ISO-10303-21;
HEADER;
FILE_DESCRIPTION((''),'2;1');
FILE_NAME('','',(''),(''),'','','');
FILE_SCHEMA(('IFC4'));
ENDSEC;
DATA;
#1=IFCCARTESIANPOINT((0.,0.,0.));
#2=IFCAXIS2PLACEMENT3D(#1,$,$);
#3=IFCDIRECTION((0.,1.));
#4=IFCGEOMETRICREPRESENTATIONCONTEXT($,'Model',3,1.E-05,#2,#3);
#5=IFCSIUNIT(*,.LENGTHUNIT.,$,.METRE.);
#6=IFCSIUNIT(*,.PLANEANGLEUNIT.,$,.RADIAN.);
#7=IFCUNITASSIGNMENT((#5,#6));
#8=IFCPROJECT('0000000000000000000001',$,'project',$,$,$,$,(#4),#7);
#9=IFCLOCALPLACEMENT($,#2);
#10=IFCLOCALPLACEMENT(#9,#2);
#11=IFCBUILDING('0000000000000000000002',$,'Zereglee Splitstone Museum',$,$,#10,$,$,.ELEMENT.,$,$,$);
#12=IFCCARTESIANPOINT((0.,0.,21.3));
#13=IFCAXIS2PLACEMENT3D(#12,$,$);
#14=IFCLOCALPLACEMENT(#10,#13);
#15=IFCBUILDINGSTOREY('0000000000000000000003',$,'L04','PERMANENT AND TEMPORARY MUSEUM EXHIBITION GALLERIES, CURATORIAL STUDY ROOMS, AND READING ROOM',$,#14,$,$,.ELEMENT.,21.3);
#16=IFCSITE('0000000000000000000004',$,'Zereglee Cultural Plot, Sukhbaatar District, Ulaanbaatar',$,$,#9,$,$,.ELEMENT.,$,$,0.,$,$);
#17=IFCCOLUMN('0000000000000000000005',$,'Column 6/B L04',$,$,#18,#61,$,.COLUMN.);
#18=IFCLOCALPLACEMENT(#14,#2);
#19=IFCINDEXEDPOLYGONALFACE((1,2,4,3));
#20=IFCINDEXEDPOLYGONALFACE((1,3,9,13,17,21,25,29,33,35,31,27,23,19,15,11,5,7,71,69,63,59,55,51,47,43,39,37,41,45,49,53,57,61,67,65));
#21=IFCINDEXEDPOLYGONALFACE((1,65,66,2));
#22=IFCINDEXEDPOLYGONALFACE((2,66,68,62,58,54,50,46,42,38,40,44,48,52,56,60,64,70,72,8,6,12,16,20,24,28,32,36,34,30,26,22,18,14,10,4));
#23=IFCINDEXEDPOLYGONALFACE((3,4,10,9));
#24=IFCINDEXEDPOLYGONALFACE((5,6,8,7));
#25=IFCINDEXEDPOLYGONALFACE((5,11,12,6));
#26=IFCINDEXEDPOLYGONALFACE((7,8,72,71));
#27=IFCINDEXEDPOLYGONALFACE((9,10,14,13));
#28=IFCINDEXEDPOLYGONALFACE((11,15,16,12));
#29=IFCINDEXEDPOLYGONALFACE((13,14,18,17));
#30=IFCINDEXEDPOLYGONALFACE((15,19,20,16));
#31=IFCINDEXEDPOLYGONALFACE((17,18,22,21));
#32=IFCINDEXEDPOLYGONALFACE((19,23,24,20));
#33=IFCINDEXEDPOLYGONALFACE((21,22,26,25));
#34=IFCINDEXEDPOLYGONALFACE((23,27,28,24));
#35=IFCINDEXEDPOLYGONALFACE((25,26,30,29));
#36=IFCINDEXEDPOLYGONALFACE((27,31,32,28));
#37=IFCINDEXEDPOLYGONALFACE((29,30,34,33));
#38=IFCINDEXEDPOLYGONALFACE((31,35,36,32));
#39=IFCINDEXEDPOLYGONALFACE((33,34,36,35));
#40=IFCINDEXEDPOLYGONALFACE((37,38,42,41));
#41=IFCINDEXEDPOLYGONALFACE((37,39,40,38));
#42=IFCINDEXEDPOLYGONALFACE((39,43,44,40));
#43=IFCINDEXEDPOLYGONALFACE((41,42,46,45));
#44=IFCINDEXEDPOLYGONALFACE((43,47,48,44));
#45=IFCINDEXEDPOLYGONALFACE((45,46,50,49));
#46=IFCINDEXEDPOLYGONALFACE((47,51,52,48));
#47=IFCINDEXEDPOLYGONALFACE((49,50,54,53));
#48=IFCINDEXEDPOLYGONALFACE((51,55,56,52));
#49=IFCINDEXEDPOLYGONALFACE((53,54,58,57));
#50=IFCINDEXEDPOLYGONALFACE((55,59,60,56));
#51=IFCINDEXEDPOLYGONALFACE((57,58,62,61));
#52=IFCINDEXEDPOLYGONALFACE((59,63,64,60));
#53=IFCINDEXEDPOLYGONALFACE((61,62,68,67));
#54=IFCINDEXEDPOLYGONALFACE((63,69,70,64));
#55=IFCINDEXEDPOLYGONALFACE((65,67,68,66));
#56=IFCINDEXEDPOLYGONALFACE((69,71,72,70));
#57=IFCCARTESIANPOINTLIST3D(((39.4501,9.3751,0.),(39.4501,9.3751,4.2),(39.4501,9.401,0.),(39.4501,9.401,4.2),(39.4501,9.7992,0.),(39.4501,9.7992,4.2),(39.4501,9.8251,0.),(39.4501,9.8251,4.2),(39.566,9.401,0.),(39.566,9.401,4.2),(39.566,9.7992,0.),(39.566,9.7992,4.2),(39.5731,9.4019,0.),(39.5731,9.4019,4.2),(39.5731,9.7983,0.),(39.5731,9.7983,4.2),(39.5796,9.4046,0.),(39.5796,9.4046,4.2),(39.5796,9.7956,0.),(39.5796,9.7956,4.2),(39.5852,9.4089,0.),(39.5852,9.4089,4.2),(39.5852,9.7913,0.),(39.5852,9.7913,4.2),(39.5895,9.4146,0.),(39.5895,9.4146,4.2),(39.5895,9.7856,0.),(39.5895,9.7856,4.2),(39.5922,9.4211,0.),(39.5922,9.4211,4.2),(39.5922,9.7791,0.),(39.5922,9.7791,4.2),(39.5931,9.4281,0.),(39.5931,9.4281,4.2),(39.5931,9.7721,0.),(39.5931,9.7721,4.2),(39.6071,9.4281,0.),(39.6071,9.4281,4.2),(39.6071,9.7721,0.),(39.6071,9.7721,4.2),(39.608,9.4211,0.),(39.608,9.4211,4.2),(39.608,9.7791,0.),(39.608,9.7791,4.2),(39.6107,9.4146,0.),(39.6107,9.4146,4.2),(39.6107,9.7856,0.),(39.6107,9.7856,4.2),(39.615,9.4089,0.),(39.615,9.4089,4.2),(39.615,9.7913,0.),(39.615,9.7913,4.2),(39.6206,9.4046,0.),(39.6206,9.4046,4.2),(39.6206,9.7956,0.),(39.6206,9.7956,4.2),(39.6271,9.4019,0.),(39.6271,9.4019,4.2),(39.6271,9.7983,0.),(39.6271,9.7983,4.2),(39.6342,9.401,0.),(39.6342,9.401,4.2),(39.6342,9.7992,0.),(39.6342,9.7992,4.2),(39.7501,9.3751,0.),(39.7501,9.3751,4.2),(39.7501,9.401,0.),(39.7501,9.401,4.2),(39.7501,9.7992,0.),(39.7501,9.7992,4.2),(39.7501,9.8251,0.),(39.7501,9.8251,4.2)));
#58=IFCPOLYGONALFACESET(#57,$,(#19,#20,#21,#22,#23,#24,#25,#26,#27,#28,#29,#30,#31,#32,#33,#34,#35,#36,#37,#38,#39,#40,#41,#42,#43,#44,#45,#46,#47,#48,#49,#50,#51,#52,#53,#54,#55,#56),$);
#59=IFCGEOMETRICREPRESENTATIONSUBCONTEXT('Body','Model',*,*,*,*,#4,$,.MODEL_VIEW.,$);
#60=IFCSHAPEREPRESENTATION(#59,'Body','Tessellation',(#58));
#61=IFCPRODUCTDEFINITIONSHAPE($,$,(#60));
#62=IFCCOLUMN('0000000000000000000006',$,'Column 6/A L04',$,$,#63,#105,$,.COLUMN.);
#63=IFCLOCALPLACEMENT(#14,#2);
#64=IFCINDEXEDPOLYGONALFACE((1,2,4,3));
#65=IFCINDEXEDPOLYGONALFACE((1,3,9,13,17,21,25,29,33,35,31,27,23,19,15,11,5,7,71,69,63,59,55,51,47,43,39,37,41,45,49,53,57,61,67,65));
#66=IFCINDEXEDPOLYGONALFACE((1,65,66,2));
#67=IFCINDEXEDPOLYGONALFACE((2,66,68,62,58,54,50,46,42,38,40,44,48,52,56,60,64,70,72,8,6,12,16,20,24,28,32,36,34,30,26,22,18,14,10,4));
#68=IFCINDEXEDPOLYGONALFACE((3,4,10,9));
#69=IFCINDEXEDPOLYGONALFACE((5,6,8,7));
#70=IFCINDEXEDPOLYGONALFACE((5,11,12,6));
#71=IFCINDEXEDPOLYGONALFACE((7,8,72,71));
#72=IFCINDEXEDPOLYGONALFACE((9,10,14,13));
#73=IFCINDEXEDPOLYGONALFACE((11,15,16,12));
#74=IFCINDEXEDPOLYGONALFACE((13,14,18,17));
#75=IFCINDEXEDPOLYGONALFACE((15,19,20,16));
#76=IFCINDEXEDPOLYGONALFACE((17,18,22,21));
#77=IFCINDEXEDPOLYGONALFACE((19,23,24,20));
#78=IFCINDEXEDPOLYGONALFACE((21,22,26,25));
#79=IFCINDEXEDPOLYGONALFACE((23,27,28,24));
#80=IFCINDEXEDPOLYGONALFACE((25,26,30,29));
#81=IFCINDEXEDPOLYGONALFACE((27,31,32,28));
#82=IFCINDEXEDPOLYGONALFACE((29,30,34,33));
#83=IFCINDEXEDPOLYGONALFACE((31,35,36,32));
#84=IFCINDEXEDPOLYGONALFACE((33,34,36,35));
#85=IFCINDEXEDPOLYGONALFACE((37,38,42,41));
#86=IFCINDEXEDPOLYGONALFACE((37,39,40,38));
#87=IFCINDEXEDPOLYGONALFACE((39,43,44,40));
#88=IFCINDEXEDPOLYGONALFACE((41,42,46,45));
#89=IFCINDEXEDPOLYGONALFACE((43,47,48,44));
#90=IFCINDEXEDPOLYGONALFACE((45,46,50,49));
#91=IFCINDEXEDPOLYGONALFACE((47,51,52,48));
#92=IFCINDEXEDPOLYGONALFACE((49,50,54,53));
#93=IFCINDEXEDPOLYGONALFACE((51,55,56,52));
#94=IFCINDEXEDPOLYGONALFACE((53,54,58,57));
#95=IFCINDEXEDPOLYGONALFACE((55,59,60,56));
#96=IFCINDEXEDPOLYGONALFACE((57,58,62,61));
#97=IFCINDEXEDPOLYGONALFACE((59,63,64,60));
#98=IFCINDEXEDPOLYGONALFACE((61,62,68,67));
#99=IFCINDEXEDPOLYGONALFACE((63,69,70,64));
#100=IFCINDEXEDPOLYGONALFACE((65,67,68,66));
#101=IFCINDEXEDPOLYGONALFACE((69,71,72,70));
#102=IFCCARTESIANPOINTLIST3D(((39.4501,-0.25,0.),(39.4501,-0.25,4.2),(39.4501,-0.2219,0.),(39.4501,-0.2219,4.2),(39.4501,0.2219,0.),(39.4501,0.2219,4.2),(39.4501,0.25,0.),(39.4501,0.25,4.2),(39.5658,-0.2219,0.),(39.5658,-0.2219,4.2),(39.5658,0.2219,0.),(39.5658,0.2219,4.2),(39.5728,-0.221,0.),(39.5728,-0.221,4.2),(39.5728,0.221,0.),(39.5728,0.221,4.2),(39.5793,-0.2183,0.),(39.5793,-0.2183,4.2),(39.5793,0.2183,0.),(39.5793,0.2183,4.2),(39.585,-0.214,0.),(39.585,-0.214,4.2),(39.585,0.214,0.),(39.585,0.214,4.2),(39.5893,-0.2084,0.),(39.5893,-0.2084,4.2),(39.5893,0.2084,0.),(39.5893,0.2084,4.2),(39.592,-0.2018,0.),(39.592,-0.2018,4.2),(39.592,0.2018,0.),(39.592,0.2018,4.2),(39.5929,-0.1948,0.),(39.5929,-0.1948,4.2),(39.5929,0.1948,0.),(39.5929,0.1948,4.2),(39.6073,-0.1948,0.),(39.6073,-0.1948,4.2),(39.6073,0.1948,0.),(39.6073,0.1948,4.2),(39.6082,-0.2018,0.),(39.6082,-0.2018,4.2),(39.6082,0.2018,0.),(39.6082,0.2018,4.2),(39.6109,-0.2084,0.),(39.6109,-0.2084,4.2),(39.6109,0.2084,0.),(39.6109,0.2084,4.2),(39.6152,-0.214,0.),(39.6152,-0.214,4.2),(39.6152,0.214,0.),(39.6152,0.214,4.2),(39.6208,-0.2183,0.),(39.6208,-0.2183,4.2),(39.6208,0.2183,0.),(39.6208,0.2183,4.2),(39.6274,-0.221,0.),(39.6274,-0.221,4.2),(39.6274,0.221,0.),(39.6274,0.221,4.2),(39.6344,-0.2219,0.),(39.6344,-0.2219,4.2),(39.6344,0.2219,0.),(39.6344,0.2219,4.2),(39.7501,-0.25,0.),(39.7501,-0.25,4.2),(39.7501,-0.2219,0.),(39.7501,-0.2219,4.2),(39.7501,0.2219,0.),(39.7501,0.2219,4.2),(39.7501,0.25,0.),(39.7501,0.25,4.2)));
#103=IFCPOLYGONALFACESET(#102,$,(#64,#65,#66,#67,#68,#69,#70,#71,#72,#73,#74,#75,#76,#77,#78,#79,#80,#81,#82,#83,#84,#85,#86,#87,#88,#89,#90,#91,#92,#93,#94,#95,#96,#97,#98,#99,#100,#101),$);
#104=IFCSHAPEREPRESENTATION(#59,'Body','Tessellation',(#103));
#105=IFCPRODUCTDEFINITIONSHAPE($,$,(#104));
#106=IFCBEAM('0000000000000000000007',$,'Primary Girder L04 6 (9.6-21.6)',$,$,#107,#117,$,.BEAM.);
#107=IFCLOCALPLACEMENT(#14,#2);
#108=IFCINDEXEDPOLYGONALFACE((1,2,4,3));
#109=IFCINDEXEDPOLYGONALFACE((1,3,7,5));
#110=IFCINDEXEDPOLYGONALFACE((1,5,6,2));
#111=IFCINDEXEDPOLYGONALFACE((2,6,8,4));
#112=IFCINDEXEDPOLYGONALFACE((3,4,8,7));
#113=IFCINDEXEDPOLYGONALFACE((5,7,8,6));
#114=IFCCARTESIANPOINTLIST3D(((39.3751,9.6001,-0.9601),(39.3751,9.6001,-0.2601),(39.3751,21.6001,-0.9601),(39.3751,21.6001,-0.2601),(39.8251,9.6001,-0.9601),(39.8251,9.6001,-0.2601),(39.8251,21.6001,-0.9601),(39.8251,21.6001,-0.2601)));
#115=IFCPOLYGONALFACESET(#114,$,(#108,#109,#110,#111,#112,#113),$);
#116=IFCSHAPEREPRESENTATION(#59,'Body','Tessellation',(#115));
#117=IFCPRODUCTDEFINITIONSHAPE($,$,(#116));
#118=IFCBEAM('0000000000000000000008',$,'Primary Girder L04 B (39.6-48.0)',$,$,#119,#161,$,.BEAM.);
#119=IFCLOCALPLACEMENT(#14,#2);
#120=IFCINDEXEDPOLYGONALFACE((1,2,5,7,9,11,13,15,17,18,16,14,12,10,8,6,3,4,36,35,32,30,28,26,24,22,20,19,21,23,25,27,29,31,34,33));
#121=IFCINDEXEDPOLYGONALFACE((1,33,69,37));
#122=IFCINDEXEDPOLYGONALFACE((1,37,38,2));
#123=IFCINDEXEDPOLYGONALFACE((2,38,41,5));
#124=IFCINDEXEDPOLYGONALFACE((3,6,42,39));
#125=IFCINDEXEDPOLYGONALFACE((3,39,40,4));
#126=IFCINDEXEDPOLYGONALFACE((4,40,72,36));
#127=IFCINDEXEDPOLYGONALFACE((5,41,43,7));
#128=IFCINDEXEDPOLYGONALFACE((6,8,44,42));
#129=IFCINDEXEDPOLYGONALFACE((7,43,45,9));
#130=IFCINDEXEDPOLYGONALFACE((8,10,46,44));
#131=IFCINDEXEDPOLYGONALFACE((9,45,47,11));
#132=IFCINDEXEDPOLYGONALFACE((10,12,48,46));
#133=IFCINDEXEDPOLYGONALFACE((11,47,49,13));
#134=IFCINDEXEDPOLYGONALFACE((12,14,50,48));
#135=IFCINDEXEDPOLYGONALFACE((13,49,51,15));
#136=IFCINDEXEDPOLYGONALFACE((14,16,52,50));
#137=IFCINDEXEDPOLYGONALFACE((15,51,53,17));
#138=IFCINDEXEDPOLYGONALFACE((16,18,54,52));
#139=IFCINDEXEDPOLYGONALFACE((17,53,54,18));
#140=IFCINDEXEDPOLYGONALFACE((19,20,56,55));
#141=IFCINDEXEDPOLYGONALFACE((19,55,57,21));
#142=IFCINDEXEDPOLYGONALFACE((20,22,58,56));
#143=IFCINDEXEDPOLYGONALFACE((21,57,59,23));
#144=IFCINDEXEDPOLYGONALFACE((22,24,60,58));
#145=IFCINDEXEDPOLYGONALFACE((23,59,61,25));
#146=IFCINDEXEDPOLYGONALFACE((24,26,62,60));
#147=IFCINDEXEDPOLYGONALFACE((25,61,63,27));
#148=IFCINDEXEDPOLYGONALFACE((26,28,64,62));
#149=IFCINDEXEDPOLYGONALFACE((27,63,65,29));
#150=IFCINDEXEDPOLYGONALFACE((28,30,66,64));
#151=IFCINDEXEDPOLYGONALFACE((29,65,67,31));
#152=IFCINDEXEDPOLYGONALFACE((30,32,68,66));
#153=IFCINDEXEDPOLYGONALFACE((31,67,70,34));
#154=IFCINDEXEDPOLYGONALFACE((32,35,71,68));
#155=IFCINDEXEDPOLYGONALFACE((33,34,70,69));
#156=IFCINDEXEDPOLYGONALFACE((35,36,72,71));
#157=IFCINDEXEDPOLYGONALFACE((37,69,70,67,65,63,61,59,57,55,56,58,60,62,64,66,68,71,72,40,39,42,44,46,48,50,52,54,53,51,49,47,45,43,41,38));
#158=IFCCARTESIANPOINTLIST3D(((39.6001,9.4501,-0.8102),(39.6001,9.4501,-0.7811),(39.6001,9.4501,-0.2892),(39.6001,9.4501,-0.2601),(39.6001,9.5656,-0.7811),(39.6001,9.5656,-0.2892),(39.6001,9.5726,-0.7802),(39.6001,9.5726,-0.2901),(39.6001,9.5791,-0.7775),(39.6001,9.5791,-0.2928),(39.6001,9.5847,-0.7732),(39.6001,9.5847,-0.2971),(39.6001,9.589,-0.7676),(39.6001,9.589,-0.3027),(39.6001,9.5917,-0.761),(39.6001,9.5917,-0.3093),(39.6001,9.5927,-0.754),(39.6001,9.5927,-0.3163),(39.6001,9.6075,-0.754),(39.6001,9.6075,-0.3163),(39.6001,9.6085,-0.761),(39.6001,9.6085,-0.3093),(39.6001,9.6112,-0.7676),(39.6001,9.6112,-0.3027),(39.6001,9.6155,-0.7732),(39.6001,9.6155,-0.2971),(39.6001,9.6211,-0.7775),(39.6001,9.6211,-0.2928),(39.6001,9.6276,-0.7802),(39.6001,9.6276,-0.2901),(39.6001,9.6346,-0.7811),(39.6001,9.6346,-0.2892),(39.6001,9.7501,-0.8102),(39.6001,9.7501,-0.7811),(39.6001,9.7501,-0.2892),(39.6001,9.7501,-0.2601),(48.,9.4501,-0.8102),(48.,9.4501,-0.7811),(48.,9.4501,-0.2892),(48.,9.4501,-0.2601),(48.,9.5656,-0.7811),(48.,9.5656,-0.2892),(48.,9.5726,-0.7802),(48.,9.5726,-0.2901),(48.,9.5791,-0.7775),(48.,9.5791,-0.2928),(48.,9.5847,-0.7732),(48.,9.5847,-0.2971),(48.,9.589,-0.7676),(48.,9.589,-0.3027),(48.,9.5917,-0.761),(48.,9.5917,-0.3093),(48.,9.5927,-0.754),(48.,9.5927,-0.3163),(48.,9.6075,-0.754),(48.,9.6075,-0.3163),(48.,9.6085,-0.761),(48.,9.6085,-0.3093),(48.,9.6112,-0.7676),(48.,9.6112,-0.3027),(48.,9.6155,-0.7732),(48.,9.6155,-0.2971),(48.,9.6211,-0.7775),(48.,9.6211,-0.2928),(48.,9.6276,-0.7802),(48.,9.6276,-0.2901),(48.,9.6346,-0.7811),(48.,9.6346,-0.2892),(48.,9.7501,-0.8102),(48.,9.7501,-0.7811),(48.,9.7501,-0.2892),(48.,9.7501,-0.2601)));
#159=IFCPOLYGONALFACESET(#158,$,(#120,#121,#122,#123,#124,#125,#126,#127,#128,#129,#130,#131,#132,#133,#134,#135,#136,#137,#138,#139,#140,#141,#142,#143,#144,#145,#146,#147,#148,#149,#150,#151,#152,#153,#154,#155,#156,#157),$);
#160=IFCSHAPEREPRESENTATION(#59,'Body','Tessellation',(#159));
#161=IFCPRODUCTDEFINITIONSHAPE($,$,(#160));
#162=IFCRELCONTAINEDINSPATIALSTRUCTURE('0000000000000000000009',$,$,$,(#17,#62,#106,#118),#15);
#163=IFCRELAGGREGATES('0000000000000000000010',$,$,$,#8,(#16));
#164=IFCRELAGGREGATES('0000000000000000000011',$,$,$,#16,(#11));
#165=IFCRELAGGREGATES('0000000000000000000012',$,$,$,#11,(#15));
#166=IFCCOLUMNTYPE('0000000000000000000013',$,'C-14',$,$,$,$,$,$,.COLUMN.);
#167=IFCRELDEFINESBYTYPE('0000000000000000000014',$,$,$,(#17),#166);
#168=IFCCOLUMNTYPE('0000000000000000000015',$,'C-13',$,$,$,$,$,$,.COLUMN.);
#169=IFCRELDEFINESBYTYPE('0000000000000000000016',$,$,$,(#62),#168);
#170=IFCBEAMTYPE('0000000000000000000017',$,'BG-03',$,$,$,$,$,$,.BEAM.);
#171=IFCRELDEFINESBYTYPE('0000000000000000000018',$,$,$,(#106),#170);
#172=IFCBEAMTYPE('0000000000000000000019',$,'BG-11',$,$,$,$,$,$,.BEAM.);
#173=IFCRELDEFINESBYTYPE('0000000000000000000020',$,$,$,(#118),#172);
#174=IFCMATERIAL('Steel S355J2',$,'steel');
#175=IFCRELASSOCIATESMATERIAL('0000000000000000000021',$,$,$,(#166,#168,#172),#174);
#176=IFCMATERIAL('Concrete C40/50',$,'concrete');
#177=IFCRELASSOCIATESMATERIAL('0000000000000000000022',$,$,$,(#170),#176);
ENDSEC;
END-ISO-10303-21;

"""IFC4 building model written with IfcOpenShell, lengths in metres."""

from ifc_helpers import new_model, si_unit, direction, frame, origin, origin_2d, place, context, subcontext, project, spatial, rectangle, i_section, extrude, material, material_profile, profile_set, type_object, element, save


model = new_model("IFC4")

# Units and contexts
model_context = context("Model", 3, precision=1e-05, world=origin(), true_north=direction((0.0, 1.0)))
body_context = subcontext(model_context, "Body", "Model", "MODEL_VIEW")
ifc_project = project(units=[si_unit("LENGTHUNIT", "METRE"), si_unit("PLANEANGLEUNIT", "RADIAN")], contexts=[model_context])

# Site, building, storey
site_placement = place(None, origin())
site = spatial("IfcSite", under=ifc_project, at=site_placement, Name="Zereglee Cultural Plot, Sukhbaatar District, Ulaanbaatar", CompositionType="ELEMENT", RefElevation=0.0)
building_placement = place(site_placement, origin())
building = spatial("IfcBuilding", under=site, at=building_placement, Name="Zereglee Splitstone Museum", CompositionType="ELEMENT")
storey_placement = place(building_placement, frame((0.0, 0.0, 21.3)))
storey = spatial("IfcBuildingStorey", under=building, at=storey_placement, Name="L04", Description="PERMANENT AND TEMPORARY MUSEUM EXHIBITION GALLERIES, CURATORIAL STUDY ROOMS, AND READING ROOM", CompositionType="ELEMENT", Elevation=21.3)

# Columns
ifc_material_1 = material(Name="Steel S355J2", Category="steel")
ifc_material_profile_1 = material_profile(ifc_material_1, i_section(OverallWidth=0.3, OverallDepth=0.45, WebThickness=0.0139, FlangeThickness=0.0259, FilletRadius=0.0271, at=origin_2d()), Name="HE 450 B")
ifc_profile_set_1 = profile_set([ifc_material_profile_1], Name="Steel S355J2")
column_type_1 = type_object("IfcColumnType", Name="C-14", PredefinedType="COLUMN", material=ifc_profile_set_1)
column_1_placement = place(storey_placement, frame((39.6001, 9.6001, 0.0), z_axis=(0.0, 0.0, 1.0), x_axis=(1.0, 0.0, 0.0)))
element("IfcColumn", 1, at=column_1_placement, inside=storey, type_object=column_type_1, Name="Column 6/B L04", PredefinedType="COLUMN", context=body_context, shape_type="SweptSolid", body=[
    extrude(i_section(OverallWidth=0.3, OverallDepth=0.45, WebThickness=0.0139, FlangeThickness=0.0259, FilletRadius=0.0271, at=origin_2d()), origin(), (0.0, 0.0, 1.0), 4.2),
])
ifc_material_profile_2 = material_profile(ifc_material_1, i_section(OverallWidth=0.3, OverallDepth=0.5, WebThickness=0.0144, FlangeThickness=0.0281, FilletRadius=0.0271, at=origin_2d()), Name="HE 500 B")
ifc_profile_set_2 = profile_set([ifc_material_profile_2], Name="Steel S355J2")
column_type_2 = type_object("IfcColumnType", Name="C-13", PredefinedType="COLUMN", material=ifc_profile_set_2)
column_2_placement = place(storey_placement, frame((39.6001, 0.0, 0.0), z_axis=(0.0, 0.0, 1.0), x_axis=(1.0, 0.0, 0.0)))
element("IfcColumn", 2, at=column_2_placement, inside=storey, type_object=column_type_2, Name="Column 6/A L04", PredefinedType="COLUMN", context=body_context, shape_type="SweptSolid", body=[
    extrude(i_section(OverallWidth=0.3, OverallDepth=0.5, WebThickness=0.0144, FlangeThickness=0.0281, FilletRadius=0.0271, at=origin_2d()), origin(), (0.0, 0.0, 1.0), 4.2),
])

# Beams
ifc_material_2 = material(Name="Concrete C40/50", Category="concrete")
ifc_material_profile_3 = material_profile(ifc_material_2, rectangle(XDim=0.45, YDim=0.7, at=origin_2d()), Name="RC 450x700")
ifc_profile_set_3 = profile_set([ifc_material_profile_3], Name="Concrete C40/50")
beam_type_1 = type_object("IfcBeamType", Name="BG-03", PredefinedType="BEAM", material=ifc_profile_set_3)
beam_1_placement = place(storey_placement, frame((39.6001, 9.6001, -0.6101), z_axis=(0.0, 1.0, 0.0), x_axis=(-1.0, 0.0, 0.0)))
element("IfcBeam", 3, at=beam_1_placement, inside=storey, type_object=beam_type_1, Name="Primary Girder L04 6 (9.6-21.6)", PredefinedType="BEAM", context=body_context, shape_type="SweptSolid", body=[
    extrude(rectangle(XDim=0.45, YDim=0.7, at=origin_2d()), origin(), (0.0, 0.0, 1.0), 12.0),
])
ifc_material_profile_4 = material_profile(ifc_material_1, i_section(OverallWidth=0.3, OverallDepth=0.55, WebThickness=0.0149, FlangeThickness=0.0291, FilletRadius=0.0271, at=origin_2d()), Name="HE 550 B")
ifc_profile_set_4 = profile_set([ifc_material_profile_4], Name="Steel S355J2")
beam_type_2 = type_object("IfcBeamType", Name="BG-11", PredefinedType="BEAM", material=ifc_profile_set_4)
beam_2_placement = place(storey_placement, frame((39.6001, 9.6001, -0.5352), z_axis=(1.0, 0.0, 0.0), x_axis=(0.0, 1.0, 0.0)))
element("IfcBeam", 4, at=beam_2_placement, inside=storey, type_object=beam_type_2, Name="Primary Girder L04 B (39.6-48.0)", PredefinedType="BEAM", context=body_context, shape_type="SweptSolid", body=[
    extrude(i_section(OverallWidth=0.3, OverallDepth=0.55, WebThickness=0.0149, FlangeThickness=0.0291, FilletRadius=0.0271, at=origin_2d()), origin(), (0.0, 0.0, 1.0), 8.3999),
])

save(model, "model.ifc")
